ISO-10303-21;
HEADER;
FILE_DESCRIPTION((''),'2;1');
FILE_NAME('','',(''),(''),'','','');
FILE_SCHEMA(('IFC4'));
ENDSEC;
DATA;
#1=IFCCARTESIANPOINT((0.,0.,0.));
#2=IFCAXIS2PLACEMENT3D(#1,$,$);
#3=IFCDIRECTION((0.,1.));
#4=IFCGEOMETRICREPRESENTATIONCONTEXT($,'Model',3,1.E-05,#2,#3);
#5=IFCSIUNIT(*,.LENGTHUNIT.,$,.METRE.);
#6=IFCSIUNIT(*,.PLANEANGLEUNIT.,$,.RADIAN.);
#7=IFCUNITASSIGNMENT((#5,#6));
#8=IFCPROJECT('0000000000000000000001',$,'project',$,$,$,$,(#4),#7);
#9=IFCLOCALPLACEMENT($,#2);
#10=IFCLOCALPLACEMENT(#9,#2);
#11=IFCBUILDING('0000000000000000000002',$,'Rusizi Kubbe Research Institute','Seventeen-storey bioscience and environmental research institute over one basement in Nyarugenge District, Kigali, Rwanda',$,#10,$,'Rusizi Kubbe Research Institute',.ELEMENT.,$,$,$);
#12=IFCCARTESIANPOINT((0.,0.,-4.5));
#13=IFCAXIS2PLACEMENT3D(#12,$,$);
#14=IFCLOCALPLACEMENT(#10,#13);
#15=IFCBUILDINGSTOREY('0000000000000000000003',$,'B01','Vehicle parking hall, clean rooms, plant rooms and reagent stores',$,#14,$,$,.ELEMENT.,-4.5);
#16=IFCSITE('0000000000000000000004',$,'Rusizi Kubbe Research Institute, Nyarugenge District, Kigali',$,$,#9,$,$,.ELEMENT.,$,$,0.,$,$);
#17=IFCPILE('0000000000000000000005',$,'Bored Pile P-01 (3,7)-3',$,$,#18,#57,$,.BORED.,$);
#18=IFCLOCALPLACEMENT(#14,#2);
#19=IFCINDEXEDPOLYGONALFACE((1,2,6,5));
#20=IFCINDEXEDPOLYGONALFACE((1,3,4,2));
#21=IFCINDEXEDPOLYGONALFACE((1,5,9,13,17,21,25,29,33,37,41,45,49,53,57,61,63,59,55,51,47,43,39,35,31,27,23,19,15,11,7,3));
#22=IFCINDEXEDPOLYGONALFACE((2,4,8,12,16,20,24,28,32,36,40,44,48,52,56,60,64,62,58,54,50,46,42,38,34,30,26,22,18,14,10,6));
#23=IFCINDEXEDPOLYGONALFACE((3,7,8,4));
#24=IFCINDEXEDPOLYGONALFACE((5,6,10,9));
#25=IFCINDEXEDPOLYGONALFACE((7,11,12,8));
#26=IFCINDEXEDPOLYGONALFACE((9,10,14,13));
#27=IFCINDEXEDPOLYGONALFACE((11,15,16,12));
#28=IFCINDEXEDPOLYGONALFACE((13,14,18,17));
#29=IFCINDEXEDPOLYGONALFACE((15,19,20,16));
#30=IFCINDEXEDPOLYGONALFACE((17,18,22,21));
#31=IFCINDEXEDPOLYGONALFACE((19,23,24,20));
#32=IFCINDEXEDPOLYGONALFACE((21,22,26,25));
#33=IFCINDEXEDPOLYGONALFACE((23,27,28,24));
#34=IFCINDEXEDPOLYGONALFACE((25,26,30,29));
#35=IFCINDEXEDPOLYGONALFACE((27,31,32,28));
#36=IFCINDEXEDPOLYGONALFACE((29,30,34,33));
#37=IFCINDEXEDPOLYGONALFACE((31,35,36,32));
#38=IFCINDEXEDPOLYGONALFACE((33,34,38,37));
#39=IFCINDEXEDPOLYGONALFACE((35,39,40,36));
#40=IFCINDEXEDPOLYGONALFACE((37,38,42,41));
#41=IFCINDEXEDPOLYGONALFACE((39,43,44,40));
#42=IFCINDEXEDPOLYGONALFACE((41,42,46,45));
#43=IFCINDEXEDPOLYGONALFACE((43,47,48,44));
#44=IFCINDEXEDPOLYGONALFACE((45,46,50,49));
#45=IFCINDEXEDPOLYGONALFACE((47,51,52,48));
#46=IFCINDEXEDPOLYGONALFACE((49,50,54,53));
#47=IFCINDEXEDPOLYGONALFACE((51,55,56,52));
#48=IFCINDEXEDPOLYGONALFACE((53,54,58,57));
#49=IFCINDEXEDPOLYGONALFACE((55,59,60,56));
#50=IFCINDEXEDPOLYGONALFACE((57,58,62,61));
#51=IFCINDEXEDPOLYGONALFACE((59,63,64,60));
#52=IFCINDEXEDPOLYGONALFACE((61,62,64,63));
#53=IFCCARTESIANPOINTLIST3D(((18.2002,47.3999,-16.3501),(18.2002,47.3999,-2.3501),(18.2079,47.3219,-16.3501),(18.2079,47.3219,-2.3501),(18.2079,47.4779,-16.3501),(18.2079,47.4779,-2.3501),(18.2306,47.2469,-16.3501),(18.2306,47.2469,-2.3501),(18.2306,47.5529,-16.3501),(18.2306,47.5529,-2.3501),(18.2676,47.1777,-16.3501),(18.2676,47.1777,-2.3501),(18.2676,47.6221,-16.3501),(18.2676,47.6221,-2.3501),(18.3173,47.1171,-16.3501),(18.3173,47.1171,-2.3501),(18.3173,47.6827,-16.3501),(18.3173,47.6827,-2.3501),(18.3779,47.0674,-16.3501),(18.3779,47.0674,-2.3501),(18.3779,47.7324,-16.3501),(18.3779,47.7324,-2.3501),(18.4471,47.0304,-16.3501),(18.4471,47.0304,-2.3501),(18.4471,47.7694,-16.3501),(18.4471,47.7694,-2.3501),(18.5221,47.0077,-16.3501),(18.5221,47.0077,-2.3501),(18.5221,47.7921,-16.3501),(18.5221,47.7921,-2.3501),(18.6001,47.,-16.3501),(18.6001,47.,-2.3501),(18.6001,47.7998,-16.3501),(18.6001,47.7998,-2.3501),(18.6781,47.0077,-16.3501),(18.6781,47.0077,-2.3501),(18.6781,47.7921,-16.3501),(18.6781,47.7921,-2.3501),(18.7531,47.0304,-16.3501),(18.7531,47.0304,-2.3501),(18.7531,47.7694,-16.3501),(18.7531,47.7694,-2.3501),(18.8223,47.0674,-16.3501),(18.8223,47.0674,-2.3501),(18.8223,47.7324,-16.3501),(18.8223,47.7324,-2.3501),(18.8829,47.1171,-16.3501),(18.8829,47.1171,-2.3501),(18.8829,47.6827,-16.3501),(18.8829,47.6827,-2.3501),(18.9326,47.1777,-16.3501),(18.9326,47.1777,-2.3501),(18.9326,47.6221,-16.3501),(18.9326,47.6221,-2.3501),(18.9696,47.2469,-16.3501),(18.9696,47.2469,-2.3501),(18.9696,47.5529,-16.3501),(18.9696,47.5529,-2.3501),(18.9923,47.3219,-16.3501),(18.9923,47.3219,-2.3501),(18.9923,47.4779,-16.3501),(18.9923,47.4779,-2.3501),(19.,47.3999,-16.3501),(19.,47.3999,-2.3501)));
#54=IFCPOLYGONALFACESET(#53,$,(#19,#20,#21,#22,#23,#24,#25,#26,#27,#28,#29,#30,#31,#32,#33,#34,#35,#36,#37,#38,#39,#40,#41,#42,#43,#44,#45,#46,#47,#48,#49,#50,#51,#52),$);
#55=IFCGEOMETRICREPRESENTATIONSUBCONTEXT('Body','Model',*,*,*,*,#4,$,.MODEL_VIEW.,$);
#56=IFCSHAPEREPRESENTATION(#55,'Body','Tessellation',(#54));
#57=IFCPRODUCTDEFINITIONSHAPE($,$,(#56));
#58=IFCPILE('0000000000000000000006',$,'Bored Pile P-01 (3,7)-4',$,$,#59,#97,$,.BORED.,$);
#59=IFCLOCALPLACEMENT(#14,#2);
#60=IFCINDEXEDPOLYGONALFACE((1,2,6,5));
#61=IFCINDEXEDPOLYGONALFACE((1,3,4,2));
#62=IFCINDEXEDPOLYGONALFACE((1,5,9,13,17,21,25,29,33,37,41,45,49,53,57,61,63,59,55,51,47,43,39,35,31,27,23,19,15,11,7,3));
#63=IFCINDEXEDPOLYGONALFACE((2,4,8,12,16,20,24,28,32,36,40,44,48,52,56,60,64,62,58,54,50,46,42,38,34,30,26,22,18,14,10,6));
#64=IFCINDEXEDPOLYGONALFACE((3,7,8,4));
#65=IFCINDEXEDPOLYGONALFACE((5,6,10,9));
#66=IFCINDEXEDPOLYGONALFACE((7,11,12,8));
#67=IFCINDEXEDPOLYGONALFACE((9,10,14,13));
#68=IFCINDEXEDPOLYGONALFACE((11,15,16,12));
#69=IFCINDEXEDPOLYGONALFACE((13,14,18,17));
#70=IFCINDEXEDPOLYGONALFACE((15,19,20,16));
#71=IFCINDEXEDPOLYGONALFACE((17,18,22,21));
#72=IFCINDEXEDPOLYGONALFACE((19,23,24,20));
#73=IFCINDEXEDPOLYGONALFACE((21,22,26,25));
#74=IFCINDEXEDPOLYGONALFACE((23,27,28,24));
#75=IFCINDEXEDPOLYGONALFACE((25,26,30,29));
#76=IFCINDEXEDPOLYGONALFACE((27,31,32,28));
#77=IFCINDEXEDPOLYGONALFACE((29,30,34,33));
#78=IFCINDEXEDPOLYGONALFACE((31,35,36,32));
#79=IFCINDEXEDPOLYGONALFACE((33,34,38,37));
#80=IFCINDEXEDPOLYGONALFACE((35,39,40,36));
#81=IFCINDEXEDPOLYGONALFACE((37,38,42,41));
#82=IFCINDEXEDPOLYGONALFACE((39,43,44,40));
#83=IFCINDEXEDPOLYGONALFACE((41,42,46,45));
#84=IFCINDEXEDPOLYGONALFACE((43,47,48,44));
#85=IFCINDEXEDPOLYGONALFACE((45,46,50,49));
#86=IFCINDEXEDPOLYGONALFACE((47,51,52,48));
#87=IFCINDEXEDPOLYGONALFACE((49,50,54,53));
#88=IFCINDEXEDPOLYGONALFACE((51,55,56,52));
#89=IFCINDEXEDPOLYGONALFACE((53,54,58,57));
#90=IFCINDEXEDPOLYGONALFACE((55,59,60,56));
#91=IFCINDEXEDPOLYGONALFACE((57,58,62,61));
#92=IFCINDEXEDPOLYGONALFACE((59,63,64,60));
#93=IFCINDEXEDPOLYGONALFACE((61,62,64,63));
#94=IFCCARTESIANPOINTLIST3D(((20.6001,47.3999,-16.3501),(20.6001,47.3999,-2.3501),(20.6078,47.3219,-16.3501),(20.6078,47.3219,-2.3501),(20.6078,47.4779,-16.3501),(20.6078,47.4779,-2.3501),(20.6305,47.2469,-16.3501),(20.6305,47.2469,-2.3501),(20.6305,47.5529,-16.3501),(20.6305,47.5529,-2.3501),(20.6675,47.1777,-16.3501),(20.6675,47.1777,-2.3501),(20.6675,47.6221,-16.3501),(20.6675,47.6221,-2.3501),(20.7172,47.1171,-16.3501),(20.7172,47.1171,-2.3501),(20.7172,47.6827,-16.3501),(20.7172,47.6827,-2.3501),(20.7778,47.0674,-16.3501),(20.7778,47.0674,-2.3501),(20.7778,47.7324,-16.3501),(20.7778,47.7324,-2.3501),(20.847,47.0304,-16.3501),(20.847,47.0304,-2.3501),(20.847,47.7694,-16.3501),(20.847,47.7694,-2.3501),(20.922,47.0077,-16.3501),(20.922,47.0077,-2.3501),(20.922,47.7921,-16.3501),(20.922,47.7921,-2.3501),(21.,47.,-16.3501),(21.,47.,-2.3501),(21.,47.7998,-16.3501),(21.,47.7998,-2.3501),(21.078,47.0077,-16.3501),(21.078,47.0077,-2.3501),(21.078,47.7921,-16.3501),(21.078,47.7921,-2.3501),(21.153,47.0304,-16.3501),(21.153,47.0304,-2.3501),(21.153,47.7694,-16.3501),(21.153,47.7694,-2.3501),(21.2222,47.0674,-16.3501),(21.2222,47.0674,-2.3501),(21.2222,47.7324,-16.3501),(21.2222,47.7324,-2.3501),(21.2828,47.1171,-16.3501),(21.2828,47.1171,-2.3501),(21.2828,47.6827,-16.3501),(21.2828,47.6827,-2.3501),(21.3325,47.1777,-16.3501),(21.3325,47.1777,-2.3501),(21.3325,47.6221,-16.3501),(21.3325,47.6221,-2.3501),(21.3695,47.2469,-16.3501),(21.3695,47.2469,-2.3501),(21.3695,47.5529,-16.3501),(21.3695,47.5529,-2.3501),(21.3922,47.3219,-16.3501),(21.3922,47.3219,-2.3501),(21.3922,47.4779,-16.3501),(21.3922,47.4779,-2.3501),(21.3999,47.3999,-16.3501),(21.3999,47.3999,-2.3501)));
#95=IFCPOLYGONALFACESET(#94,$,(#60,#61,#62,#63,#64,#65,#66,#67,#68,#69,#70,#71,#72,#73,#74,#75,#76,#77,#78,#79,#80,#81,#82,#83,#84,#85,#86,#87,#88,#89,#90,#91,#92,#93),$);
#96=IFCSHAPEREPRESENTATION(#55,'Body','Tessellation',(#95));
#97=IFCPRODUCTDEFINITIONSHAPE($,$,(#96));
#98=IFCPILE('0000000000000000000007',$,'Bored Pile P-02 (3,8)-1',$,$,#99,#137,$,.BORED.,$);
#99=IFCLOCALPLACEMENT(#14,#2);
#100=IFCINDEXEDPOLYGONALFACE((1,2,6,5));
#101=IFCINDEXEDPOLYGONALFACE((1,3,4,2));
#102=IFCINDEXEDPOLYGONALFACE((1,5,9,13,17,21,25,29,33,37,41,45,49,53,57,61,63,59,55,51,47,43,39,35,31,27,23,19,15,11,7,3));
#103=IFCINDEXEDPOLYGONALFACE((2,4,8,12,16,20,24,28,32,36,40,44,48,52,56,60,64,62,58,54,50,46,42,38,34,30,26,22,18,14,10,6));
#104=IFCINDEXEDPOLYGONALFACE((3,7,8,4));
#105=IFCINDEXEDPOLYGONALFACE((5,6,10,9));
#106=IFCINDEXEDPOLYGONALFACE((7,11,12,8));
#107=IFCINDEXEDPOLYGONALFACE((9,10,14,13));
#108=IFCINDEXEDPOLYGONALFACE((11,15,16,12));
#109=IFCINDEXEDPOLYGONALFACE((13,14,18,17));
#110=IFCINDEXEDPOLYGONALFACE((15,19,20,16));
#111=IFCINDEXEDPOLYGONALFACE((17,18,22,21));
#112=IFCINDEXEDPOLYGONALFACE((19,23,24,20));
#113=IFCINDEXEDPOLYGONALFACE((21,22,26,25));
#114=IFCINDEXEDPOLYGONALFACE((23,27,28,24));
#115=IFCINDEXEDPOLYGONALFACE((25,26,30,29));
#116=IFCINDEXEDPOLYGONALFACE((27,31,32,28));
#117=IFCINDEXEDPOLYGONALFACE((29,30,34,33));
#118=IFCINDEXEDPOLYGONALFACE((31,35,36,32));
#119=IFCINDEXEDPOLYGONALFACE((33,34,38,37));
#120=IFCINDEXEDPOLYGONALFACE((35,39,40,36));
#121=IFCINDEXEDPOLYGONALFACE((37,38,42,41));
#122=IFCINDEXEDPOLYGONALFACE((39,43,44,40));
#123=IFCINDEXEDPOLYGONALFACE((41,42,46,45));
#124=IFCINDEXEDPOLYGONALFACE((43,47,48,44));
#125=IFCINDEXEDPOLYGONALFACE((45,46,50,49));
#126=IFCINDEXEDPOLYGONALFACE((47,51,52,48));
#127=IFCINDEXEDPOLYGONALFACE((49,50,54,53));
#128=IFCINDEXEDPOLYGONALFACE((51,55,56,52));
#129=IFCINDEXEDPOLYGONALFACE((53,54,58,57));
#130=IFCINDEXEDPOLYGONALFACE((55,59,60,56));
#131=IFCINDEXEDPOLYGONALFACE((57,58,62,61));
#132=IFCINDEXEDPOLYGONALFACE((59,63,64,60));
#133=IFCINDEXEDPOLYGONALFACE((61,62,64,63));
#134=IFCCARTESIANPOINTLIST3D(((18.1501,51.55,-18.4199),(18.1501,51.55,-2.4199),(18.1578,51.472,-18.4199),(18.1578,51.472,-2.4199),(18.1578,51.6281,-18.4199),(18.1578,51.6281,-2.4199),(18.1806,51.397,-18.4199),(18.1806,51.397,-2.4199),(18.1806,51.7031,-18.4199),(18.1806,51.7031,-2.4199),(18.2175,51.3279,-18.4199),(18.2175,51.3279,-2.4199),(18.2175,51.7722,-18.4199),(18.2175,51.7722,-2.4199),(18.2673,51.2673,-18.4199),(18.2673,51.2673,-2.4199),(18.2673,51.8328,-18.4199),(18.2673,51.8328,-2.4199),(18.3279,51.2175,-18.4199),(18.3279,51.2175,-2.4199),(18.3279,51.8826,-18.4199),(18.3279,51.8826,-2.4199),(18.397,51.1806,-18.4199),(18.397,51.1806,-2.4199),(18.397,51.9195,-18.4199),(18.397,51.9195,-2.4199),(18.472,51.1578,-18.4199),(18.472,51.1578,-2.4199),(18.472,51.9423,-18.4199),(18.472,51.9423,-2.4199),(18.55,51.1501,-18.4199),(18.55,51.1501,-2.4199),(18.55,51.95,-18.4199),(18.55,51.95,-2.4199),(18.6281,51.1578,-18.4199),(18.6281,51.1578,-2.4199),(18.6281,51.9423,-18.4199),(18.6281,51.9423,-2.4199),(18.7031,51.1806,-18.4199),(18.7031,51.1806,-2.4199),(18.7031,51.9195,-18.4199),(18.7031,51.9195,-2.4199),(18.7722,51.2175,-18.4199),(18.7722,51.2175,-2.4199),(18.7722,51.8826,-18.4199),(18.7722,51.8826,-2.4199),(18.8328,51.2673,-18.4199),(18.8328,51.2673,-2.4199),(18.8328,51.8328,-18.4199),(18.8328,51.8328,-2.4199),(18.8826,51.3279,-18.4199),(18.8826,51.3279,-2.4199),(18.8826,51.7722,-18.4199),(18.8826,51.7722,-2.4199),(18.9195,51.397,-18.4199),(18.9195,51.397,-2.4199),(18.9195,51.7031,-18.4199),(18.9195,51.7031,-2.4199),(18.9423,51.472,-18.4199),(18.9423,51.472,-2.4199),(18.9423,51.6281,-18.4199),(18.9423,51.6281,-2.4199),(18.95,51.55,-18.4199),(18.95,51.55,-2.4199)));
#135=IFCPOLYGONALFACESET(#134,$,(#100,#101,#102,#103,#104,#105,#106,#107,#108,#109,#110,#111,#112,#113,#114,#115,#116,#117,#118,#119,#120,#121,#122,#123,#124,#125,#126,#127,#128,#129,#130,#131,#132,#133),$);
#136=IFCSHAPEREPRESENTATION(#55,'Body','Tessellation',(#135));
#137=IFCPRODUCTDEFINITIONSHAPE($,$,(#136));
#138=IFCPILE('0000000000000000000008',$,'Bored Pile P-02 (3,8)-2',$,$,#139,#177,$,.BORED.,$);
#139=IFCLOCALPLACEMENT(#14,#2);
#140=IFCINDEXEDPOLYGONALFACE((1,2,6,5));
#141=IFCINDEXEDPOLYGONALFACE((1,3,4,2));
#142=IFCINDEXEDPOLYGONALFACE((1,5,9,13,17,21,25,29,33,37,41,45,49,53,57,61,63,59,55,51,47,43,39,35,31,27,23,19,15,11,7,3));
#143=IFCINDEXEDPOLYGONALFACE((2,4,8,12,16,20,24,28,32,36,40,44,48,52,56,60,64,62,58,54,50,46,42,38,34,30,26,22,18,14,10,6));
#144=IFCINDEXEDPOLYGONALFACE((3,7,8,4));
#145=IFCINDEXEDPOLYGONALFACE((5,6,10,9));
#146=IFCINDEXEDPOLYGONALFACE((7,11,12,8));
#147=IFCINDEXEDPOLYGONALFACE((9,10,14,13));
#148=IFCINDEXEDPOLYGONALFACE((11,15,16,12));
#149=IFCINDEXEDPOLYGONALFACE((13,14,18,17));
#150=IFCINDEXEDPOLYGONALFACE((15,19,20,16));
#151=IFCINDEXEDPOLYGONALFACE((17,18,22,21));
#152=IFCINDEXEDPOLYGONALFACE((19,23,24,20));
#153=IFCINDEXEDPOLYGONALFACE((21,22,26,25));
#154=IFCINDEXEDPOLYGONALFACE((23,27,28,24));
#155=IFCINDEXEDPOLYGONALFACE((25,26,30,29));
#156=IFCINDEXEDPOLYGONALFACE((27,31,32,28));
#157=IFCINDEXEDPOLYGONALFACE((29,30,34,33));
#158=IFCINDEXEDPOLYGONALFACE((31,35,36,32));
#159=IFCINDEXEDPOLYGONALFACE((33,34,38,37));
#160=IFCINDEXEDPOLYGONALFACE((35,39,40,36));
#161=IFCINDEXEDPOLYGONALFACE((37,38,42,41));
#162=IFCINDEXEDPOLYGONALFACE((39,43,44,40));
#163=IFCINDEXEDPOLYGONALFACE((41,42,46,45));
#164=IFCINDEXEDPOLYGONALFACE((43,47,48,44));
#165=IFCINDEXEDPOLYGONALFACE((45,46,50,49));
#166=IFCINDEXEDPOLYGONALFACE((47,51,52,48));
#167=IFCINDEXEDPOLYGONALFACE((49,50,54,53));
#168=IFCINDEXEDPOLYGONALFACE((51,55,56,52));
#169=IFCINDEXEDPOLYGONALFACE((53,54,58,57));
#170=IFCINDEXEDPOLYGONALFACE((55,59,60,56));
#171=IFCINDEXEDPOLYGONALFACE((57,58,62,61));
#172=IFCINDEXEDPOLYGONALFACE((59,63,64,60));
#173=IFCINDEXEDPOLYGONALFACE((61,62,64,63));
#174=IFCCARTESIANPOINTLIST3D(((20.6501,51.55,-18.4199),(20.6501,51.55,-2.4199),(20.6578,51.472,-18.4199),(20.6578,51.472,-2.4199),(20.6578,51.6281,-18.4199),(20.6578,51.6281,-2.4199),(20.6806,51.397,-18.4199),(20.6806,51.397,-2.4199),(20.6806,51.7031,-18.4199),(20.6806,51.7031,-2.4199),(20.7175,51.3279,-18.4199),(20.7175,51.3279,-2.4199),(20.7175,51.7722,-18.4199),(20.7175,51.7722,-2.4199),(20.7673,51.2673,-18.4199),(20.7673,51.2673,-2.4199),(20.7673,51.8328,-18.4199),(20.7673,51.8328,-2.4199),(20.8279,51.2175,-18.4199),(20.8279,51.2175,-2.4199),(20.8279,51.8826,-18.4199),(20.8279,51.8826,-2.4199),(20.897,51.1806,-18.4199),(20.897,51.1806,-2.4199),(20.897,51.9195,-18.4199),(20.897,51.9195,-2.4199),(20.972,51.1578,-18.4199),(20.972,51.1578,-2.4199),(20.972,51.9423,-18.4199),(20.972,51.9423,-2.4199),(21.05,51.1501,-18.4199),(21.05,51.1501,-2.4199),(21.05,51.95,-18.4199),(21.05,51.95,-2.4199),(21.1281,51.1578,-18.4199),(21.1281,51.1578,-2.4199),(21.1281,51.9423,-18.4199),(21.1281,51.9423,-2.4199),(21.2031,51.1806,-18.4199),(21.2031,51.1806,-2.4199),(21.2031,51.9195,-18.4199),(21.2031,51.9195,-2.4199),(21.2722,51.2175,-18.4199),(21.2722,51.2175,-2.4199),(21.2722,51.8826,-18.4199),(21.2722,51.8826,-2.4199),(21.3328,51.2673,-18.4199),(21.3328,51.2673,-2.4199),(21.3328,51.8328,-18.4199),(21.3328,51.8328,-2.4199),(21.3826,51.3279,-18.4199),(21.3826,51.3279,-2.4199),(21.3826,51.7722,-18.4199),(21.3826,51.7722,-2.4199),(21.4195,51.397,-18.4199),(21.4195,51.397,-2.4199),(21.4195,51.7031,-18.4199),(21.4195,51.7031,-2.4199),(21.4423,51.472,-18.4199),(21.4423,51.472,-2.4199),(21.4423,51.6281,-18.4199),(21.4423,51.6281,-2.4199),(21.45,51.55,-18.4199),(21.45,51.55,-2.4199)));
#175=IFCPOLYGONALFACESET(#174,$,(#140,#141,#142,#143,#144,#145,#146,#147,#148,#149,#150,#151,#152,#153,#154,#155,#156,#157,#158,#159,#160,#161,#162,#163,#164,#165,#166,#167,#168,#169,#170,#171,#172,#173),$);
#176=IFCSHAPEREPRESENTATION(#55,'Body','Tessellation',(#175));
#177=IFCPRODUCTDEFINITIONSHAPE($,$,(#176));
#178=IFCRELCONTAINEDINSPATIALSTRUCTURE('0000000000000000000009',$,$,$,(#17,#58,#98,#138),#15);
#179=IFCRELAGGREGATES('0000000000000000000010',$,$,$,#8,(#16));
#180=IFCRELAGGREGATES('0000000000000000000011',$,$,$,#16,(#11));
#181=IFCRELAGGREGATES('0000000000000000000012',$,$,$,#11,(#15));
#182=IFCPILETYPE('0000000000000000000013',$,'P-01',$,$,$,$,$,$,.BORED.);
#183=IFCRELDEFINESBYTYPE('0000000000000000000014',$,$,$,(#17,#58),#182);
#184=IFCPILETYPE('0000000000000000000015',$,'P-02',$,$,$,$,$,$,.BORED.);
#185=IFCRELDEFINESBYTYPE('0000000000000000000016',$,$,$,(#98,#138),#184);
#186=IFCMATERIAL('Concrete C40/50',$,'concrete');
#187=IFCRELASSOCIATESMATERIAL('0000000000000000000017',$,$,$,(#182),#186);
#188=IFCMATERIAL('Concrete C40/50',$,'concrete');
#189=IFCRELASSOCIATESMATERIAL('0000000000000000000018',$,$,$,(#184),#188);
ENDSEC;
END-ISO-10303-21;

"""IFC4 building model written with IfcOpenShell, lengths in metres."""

from ifc_helpers import new_model, si_unit, direction, frame, origin, origin_2d, place, context, subcontext, project, spatial, circle, extrude, material, material_profile, profile_set, type_object, element, save


model = new_model("IFC4")

# Units and contexts
model_context = context("Model", 3, precision=1e-05, world=origin(), true_north=direction((0.0, 1.0)))
body_context = subcontext(model_context, "Body", "Model", "MODEL_VIEW")
ifc_project = project(units=[si_unit("LENGTHUNIT", "METRE"), si_unit("PLANEANGLEUNIT", "RADIAN")], contexts=[model_context])

# Site, building, storey
site_placement = place(None, origin())
site = spatial("IfcSite", under=ifc_project, at=site_placement, Name="Rusizi Kubbe Research Institute, Nyarugenge District, Kigali", CompositionType="ELEMENT", RefElevation=0.0)
building_placement = place(site_placement, origin())
building = spatial("IfcBuilding", under=site, at=building_placement, Name="Rusizi Kubbe Research Institute", Description="Seventeen-storey bioscience and environmental research institute over one basement in Nyarugenge District, Kigali, Rwanda", LongName="Rusizi Kubbe Research Institute", CompositionType="ELEMENT")
storey_placement = place(building_placement, frame((0.0, 0.0, -4.5)))
storey = spatial("IfcBuildingStorey", under=building, at=storey_placement, Name="B01", Description="Vehicle parking hall, clean rooms, plant rooms and reagent stores", CompositionType="ELEMENT", Elevation=-4.5)

# Piles
ifc_material_1 = material(Name="Concrete C40/50", Category="concrete")
ifc_material_profile_1 = material_profile(ifc_material_1, circle(Radius=0.3999, at=origin_2d()), Name="PILE-D800")
ifc_profile_set_1 = profile_set([ifc_material_profile_1], Name="Concrete C40/50")
pile_type_1 = type_object("IfcPileType", Name="P-01", PredefinedType="BORED", material=ifc_profile_set_1)
for number, where, z_axis, x_axis, name in (
    (1, (18.6001, 47.3999, -2.3501), (0.0, 0.0, -1.0), (1.0, 0.0, 0.0), "Bored Pile P-01 (3,7)-3"),
    (2, (21.0, 47.3999, -2.3501), (0.0, 0.0, -1.0), (1.0, 0.0, 0.0), "Bored Pile P-01 (3,7)-4"),
):
    element("IfcPile", number, at=place(storey_placement, frame(where, z_axis=z_axis, x_axis=x_axis)), inside=storey, type_object=pile_type_1, Name=name, PredefinedType="BORED", context=body_context, shape_type="SweptSolid", body=[
        extrude(circle(Radius=0.3999, at=origin_2d()), origin(), (0.0, 0.0, 1.0), 14.0),
    ])
ifc_material_2 = material(Name="Concrete C40/50", Category="concrete")
ifc_material_profile_2 = material_profile(ifc_material_2, circle(Radius=0.3999, at=origin_2d()), Name="PILE-D800")
ifc_profile_set_2 = profile_set([ifc_material_profile_2], Name="Concrete C40/50")
pile_type_2 = type_object("IfcPileType", Name="P-02", PredefinedType="BORED", material=ifc_profile_set_2)
for number, where, z_axis, x_axis, name in (
    (3, (18.55, 51.55, -2.4199), (0.0, 0.0, -1.0), (1.0, 0.0, 0.0), "Bored Pile P-02 (3,8)-1"),
    (4, (21.05, 51.55, -2.4199), (0.0, 0.0, -1.0), (1.0, 0.0, 0.0), "Bored Pile P-02 (3,8)-2"),
):
    element("IfcPile", number, at=place(storey_placement, frame(where, z_axis=z_axis, x_axis=x_axis)), inside=storey, type_object=pile_type_2, Name=name, PredefinedType="BORED", context=body_context, shape_type="SweptSolid", body=[
        extrude(circle(Radius=0.3999, at=origin_2d()), origin(), (0.0, 0.0, 1.0), 16.0),
    ])

save(model, "model.ifc")
